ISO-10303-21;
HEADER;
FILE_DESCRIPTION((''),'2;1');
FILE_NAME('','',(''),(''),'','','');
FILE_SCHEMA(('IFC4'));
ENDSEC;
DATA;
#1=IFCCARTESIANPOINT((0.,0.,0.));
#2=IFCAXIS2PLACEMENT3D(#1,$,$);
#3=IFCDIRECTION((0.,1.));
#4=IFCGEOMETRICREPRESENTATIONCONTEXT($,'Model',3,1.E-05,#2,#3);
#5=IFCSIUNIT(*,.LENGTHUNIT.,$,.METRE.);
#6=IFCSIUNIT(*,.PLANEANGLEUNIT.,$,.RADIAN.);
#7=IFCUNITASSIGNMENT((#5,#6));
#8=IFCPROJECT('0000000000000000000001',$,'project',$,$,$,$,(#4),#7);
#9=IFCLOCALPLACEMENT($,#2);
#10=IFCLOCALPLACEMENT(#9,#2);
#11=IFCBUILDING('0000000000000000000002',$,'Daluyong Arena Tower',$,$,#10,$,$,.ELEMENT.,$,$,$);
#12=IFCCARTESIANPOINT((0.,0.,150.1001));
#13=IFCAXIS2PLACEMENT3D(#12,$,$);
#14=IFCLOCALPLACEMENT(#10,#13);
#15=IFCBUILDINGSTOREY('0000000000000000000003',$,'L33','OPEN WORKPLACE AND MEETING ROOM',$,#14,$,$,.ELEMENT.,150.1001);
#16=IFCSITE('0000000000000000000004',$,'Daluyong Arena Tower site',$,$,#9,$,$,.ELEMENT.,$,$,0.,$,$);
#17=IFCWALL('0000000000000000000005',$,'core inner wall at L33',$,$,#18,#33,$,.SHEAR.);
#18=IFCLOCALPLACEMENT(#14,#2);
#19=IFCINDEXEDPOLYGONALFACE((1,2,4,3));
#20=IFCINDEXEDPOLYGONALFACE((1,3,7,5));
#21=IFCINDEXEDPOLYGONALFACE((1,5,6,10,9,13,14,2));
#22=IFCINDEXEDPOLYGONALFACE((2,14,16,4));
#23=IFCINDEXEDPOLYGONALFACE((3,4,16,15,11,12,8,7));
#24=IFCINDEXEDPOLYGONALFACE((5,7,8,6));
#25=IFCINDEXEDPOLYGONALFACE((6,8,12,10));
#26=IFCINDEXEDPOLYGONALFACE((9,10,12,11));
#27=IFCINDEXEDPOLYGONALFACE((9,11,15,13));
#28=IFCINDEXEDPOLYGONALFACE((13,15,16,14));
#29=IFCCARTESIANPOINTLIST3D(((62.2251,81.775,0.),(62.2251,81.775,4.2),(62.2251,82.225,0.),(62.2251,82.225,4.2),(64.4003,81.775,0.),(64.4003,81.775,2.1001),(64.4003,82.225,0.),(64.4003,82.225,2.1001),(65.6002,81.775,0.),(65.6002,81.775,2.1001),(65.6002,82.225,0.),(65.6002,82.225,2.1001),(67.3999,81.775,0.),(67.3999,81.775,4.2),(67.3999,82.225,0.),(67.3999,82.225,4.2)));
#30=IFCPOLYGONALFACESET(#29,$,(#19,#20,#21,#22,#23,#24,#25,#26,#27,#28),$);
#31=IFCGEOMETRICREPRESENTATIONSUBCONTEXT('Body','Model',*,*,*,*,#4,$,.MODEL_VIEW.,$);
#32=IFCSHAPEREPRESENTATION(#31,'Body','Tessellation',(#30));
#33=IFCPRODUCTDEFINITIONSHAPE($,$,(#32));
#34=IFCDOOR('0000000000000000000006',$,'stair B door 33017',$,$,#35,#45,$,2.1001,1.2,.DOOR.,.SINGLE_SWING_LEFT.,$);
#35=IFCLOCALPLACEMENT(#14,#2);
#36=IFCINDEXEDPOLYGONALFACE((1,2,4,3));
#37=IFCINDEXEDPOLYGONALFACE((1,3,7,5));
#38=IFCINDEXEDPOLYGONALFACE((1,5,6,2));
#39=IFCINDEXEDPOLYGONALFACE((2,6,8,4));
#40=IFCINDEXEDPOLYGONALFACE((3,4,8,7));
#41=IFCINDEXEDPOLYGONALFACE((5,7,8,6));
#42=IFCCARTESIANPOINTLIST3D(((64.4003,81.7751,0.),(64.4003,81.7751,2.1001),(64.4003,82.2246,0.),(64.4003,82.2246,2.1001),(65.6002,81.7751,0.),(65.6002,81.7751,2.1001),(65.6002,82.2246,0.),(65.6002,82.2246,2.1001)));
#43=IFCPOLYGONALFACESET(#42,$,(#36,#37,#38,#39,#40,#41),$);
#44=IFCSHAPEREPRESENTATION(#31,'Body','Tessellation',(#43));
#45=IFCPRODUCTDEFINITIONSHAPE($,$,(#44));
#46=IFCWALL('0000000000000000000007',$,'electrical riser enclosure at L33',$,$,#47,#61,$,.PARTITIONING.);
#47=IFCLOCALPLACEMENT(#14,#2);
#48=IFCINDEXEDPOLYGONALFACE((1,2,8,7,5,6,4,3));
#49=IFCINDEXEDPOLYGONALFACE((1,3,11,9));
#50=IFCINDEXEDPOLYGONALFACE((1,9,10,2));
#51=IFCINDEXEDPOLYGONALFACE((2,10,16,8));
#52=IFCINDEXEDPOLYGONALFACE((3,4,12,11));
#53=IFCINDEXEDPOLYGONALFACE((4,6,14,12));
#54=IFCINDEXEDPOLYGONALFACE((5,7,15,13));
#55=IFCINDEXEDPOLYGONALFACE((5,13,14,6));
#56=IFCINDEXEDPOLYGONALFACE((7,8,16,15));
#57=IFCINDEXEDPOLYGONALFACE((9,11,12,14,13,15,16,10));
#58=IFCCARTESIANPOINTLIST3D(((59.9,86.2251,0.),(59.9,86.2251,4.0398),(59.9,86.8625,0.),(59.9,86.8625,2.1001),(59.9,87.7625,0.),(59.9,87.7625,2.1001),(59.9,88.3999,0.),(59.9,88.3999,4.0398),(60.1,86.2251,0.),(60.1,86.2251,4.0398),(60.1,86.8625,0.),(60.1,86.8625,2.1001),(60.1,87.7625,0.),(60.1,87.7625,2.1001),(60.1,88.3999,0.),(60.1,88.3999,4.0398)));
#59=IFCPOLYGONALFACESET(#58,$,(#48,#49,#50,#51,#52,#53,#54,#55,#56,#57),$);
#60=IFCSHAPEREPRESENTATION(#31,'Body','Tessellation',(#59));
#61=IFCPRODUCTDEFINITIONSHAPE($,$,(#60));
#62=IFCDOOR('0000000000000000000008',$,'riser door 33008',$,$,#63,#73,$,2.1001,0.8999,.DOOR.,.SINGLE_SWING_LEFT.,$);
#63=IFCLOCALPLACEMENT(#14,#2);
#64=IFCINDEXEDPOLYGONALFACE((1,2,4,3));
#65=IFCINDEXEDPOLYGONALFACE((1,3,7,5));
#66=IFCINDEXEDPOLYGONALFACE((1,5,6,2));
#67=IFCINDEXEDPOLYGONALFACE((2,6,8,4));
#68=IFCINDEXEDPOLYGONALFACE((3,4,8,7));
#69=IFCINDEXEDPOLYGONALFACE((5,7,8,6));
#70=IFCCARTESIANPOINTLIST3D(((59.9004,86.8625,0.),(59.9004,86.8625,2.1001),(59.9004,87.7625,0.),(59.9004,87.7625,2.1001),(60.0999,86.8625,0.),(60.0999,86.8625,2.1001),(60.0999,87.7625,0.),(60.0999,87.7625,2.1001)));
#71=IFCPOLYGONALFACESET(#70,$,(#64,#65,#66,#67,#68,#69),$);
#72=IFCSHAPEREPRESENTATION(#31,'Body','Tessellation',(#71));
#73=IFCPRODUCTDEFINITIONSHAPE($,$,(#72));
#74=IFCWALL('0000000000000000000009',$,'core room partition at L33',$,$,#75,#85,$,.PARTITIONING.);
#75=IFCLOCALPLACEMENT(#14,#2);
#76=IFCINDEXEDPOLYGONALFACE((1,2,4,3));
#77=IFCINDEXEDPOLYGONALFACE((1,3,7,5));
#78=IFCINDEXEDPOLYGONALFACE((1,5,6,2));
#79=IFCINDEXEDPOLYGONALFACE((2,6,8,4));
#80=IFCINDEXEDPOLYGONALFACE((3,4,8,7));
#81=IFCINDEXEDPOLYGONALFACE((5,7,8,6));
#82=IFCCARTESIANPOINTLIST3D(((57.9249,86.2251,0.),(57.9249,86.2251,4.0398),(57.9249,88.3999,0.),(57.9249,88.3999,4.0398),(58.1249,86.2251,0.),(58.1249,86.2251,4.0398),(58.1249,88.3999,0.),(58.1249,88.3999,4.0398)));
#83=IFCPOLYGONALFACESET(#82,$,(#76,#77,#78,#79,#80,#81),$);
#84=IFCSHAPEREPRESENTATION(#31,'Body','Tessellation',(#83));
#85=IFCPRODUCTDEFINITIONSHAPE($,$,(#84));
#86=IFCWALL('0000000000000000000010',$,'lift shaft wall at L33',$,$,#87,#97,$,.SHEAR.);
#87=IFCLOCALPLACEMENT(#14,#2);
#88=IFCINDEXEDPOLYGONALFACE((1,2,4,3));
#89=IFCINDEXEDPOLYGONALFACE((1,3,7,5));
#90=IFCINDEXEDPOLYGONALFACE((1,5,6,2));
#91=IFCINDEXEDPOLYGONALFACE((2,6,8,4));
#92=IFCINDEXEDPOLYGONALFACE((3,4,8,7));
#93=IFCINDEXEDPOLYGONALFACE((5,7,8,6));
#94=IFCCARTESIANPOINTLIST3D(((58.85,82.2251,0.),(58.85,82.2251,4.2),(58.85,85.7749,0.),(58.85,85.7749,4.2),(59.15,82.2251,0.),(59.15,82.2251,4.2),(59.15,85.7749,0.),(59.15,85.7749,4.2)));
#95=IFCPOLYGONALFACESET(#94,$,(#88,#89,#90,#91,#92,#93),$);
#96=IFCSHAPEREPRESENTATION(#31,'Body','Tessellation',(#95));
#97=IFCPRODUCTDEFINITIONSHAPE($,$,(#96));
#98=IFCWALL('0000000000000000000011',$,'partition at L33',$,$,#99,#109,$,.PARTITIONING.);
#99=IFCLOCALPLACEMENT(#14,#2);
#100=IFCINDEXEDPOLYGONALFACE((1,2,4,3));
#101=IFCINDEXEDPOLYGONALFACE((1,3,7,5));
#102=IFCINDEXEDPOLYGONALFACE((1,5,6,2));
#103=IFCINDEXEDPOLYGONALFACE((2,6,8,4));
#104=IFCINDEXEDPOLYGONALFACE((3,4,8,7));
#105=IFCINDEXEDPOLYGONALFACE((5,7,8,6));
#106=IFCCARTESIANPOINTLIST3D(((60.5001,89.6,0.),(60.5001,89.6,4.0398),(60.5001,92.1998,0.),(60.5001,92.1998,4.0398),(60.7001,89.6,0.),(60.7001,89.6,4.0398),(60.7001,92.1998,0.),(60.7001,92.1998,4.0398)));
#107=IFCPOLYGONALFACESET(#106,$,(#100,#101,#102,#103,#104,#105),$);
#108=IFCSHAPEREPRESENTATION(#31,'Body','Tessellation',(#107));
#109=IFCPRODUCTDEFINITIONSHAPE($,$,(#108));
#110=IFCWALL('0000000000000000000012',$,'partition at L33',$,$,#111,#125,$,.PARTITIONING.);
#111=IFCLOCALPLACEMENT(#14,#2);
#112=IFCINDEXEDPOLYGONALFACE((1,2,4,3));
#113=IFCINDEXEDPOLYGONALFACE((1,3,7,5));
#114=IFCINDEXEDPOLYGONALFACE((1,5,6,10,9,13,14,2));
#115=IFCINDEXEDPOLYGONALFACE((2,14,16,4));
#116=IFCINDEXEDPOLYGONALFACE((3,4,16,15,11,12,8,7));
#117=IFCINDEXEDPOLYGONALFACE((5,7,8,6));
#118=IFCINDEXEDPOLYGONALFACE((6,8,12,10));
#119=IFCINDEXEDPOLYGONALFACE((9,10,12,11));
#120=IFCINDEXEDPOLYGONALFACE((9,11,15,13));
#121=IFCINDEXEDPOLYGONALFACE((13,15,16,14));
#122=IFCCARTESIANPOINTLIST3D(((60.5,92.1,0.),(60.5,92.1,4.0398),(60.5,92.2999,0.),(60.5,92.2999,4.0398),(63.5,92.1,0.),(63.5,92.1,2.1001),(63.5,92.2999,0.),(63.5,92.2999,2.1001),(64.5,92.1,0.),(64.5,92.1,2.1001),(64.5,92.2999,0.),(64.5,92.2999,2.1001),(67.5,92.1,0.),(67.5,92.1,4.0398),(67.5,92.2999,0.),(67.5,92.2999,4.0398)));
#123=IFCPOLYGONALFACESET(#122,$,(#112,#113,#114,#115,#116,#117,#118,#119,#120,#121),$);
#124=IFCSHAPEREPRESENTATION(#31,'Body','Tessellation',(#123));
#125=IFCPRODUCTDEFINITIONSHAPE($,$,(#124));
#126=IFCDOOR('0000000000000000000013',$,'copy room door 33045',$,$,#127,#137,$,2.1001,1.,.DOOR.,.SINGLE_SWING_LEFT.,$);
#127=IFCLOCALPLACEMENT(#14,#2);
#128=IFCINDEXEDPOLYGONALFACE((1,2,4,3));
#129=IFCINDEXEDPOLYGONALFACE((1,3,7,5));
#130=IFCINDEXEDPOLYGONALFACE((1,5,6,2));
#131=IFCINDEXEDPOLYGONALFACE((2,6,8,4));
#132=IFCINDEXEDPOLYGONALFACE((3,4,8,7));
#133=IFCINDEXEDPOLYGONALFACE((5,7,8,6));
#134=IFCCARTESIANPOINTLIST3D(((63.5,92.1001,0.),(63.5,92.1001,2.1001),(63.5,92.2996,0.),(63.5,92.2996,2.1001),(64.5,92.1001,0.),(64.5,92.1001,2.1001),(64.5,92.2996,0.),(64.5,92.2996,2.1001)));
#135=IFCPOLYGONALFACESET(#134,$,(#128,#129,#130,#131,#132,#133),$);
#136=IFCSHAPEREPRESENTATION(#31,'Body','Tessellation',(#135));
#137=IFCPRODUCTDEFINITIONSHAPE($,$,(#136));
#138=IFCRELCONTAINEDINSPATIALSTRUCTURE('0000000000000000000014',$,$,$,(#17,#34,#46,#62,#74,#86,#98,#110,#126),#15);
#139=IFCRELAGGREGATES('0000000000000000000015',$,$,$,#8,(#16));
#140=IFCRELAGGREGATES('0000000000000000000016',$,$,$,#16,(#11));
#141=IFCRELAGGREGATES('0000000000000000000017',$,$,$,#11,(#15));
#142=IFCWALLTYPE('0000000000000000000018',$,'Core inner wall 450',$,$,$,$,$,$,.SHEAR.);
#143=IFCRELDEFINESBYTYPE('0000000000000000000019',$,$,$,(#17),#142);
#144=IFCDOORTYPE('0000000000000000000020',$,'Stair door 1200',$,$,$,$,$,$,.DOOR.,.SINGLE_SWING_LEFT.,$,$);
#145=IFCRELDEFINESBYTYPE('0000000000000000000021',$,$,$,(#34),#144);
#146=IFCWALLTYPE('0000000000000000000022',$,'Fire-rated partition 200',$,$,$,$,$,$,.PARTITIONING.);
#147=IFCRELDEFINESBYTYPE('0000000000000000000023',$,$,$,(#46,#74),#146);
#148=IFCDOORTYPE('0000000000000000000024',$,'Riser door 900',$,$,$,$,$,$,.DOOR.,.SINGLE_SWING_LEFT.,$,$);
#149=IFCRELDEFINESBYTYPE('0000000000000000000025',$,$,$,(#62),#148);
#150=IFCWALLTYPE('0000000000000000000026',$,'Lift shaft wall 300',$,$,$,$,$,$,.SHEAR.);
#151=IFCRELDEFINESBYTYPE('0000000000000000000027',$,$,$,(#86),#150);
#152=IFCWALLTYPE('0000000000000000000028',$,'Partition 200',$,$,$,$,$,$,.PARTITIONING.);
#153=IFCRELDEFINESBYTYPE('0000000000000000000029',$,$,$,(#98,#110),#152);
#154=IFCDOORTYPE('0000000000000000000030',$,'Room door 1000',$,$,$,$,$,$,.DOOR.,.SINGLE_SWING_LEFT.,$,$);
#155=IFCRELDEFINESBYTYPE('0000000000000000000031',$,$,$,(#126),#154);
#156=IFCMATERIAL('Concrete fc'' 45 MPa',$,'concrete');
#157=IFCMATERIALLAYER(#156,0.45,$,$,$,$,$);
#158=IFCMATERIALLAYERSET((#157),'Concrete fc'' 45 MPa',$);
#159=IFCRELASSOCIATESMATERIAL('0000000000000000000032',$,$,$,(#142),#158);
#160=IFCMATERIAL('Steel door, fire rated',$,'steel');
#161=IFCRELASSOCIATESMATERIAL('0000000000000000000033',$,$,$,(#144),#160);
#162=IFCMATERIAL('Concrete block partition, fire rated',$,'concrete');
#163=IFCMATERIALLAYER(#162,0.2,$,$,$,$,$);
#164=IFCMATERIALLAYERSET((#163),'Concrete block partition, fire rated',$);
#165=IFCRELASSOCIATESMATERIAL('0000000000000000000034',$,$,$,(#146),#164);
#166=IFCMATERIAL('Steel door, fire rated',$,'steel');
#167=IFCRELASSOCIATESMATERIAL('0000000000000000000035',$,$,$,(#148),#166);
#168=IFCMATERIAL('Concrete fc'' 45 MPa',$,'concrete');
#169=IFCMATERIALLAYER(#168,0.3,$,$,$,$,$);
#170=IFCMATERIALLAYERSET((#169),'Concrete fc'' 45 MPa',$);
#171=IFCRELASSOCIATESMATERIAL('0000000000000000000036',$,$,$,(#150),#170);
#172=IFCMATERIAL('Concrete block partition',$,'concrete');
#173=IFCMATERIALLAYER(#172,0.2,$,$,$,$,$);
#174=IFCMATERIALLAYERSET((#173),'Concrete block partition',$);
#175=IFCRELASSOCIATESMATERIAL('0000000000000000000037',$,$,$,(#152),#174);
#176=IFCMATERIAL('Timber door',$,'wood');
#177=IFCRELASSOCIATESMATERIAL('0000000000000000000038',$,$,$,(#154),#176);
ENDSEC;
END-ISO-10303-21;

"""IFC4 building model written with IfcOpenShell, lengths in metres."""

from ifc_helpers import new_model, si_unit, direction, frame, frame_2d, origin, place, context, subcontext, project, spatial, rectangle, extrude, material, layer, layer_set, type_object, element, fill, save


model = new_model("IFC4")

# Units and contexts
model_context = context("Model", 3, precision=1e-05, world=origin(), true_north=direction((0.0, 1.0)))
body_context = subcontext(model_context, "Body", "Model", "MODEL_VIEW")
ifc_project = project(units=[si_unit("LENGTHUNIT", "METRE"), si_unit("PLANEANGLEUNIT", "RADIAN")], contexts=[model_context])

# Site, building, storey
site_placement = place(None, origin())
site = spatial("IfcSite", under=ifc_project, at=site_placement, Name="Daluyong Arena Tower site", CompositionType="ELEMENT", RefElevation=0.0)
building_placement = place(site_placement, origin())
building = spatial("IfcBuilding", under=site, at=building_placement, Name="Daluyong Arena Tower", CompositionType="ELEMENT")
storey_placement = place(building_placement, frame((0.0, 0.0, 150.1001)))
storey = spatial("IfcBuildingStorey", under=building, at=storey_placement, Name="L33", Description="OPEN WORKPLACE AND MEETING ROOM", CompositionType="ELEMENT", Elevation=150.1001)

# Walls, openings, doors
ifc_material_1 = material(Name="Concrete fc' 45 MPa", Category="concrete")
ifc_layer_1 = layer(ifc_material_1, 0.45)
ifc_layer_set_1 = layer_set([ifc_layer_1], Name="Concrete fc' 45 MPa")
wall_type_1 = type_object("IfcWallType", Name="Core inner wall 450", PredefinedType="SHEAR", material=ifc_layer_set_1)
wall_1_placement = place(storey_placement, frame((62.2251, 82.0, 0.0), z_axis=(0.0, 0.0, 1.0), x_axis=(1.0, 0.0, 0.0)))
wall_1 = element("IfcWall", 1, at=wall_1_placement, inside=storey, type_object=wall_type_1, Name="core inner wall at L33", PredefinedType="SHEAR", context=body_context, shape_type="SweptSolid", body=[
    extrude(rectangle(XDim=5.1748, YDim=0.45, at=frame_2d((2.5874, 0.0))), origin(), (0.0, 0.0, 1.0), 4.2),
])
opening_1_placement = place(wall_1_placement, frame((2.175, 0.0, 0.0)))
opening_1 = element("IfcOpeningElement", 2, at=opening_1_placement, cuts=wall_1, PredefinedType="OPENING", context=body_context, shape_type="SweptSolid", body=[
    extrude(rectangle(XDim=1.2, YDim=2.1001, at=frame_2d((0.6001, 1.05))), frame((0.0, 0.2349, 0.0), z_axis=(0.0, -1.0, 0.0), x_axis=(1.0, 0.0, 0.0)), (0.0, 0.0, 1.0), 0.47),
])
ifc_material_2 = material(Name="Steel door, fire rated", Category="steel")
door_type_1 = type_object("IfcDoorType", Name="Stair door 1200", OperationType="SINGLE_SWING_LEFT", PredefinedType="DOOR", material=ifc_material_2)
door_1_placement = place(opening_1_placement, origin())
door_1 = element("IfcDoor", 3, at=door_1_placement, inside=storey, type_object=door_type_1, Name="stair B door 33017", OperationType="SINGLE_SWING_LEFT", OverallHeight=2.1001, OverallWidth=1.2, PredefinedType="DOOR", context=body_context, shape_type="SweptSolid", body=[
    extrude(rectangle(XDim=1.2, YDim=2.1001, at=frame_2d((0.6001, 1.05))), frame((0.0, 0.2246, 0.0), z_axis=(0.0, -1.0, 0.0), x_axis=(1.0, 0.0, 0.0)), (0.0, 0.0, 1.0), 0.4495),
])
fill(opening_1, door_1)
ifc_material_3 = material(Name="Concrete block partition, fire rated", Category="concrete")
ifc_layer_2 = layer(ifc_material_3, 0.2)
ifc_layer_set_2 = layer_set([ifc_layer_2], Name="Concrete block partition, fire rated")
wall_type_2 = type_object("IfcWallType", Name="Fire-rated partition 200", PredefinedType="PARTITIONING", material=ifc_layer_set_2)
wall_2_placement = place(storey_placement, frame((60.0, 86.2251, 0.0), z_axis=(0.0, 0.0, 1.0), x_axis=(0.0, 1.0, 0.0)))
wall_2 = element("IfcWall", 4, at=wall_2_placement, inside=storey, type_object=wall_type_2, Name="electrical riser enclosure at L33", PredefinedType="PARTITIONING", context=body_context, shape_type="SweptSolid", body=[
    extrude(rectangle(XDim=2.1748, YDim=0.2, at=frame_2d((1.0874, 0.0))), origin(), (0.0, 0.0, 1.0), 4.0398),
])
opening_2_placement = place(wall_2_placement, frame((0.6375, 0.0, 0.0)))
opening_2 = element("IfcOpeningElement", 5, at=opening_2_placement, cuts=wall_2, PredefinedType="OPENING", context=body_context, shape_type="SweptSolid", body=[
    extrude(rectangle(XDim=0.8999, YDim=2.1001, at=frame_2d((0.45, 1.05))), frame((0.0, 0.1099, 0.0), z_axis=(0.0, -1.0, 0.0), x_axis=(1.0, 0.0, 0.0)), (0.0, 0.0, 1.0), 0.22),
])
ifc_material_4 = material(Name="Steel door, fire rated", Category="steel")
door_type_2 = type_object("IfcDoorType", Name="Riser door 900", OperationType="SINGLE_SWING_LEFT", PredefinedType="DOOR", material=ifc_material_4)
door_2_placement = place(opening_2_placement, origin())
door_2 = element("IfcDoor", 6, at=door_2_placement, inside=storey, type_object=door_type_2, Name="riser door 33008", OperationType="SINGLE_SWING_LEFT", OverallHeight=2.1001, OverallWidth=0.8999, PredefinedType="DOOR", context=body_context, shape_type="SweptSolid", body=[
    extrude(rectangle(XDim=0.8999, YDim=2.1001, at=frame_2d((0.45, 1.05))), frame((0.0, 0.0996, 0.0), z_axis=(0.0, -1.0, 0.0), x_axis=(1.0, 0.0, 0.0)), (0.0, 0.0, 1.0), 0.1995),
])
fill(opening_2, door_2)

# Walls
wall_3_placement = place(storey_placement, frame((58.0249, 86.2251, 0.0), z_axis=(0.0, 0.0, 1.0), x_axis=(0.0, 1.0, 0.0)))
element("IfcWall", 7, at=wall_3_placement, inside=storey, type_object=wall_type_2, Name="core room partition at L33", PredefinedType="PARTITIONING", context=body_context, shape_type="SweptSolid", body=[
    extrude(rectangle(XDim=2.1748, YDim=0.2, at=frame_2d((1.0874, 0.0))), origin(), (0.0, 0.0, 1.0), 4.0398),
])
ifc_material_5 = material(Name="Concrete fc' 45 MPa", Category="concrete")
ifc_layer_3 = layer(ifc_material_5, 0.3)
ifc_layer_set_3 = layer_set([ifc_layer_3], Name="Concrete fc' 45 MPa")
wall_type_3 = type_object("IfcWallType", Name="Lift shaft wall 300", PredefinedType="SHEAR", material=ifc_layer_set_3)
wall_4_placement = place(storey_placement, frame((59.0, 82.2251, 0.0), z_axis=(0.0, 0.0, 1.0), x_axis=(0.0, 1.0, 0.0)))
element("IfcWall", 8, at=wall_4_placement, inside=storey, type_object=wall_type_3, Name="lift shaft wall at L33", PredefinedType="SHEAR", context=body_context, shape_type="SweptSolid", body=[
    extrude(rectangle(XDim=3.5498, YDim=0.3, at=frame_2d((1.7749, 0.0))), origin(), (0.0, 0.0, 1.0), 4.2),
])
ifc_material_6 = material(Name="Concrete block partition", Category="concrete")
ifc_layer_4 = layer(ifc_material_6, 0.2)
ifc_layer_set_4 = layer_set([ifc_layer_4], Name="Concrete block partition")
wall_type_4 = type_object("IfcWallType", Name="Partition 200", PredefinedType="PARTITIONING", material=ifc_layer_set_4)
wall_5_placement = place(storey_placement, frame((60.6001, 89.6001, 0.0), z_axis=(0.0, 0.0, 1.0), x_axis=(0.0, 1.0, 0.0)))
element("IfcWall", 9, at=wall_5_placement, inside=storey, type_object=wall_type_4, Name="partition at L33", PredefinedType="PARTITIONING", context=body_context, shape_type="SweptSolid", body=[
    extrude(rectangle(XDim=2.5999, YDim=0.2, at=frame_2d((1.2998, 0.0))), origin(), (0.0, 0.0, 1.0), 4.0398),
])

# Wall, opening, door
wall_6_placement = place(storey_placement, frame((60.5, 92.2, 0.0), z_axis=(0.0, 0.0, 1.0), x_axis=(1.0, 0.0, 0.0)))
wall_6 = element("IfcWall", 10, at=wall_6_placement, inside=storey, type_object=wall_type_4, Name="partition at L33", PredefinedType="PARTITIONING", context=body_context, shape_type="SweptSolid", body=[
    extrude(rectangle(XDim=7.0, YDim=0.2, at=frame_2d((3.5, 0.0))), origin(), (0.0, 0.0, 1.0), 4.0398),
])
opening_3_placement = place(wall_6_placement, frame((3.0, 0.0, 0.0)))
opening_3 = element("IfcOpeningElement", 11, at=opening_3_placement, cuts=wall_6, PredefinedType="OPENING", context=body_context, shape_type="SweptSolid", body=[
    extrude(rectangle(XDim=1.0, YDim=2.1001, at=frame_2d((0.5, 1.05))), frame((0.0, 0.1099, 0.0), z_axis=(0.0, -1.0, 0.0), x_axis=(1.0, 0.0, 0.0)), (0.0, 0.0, 1.0), 0.22),
])
ifc_material_7 = material(Name="Timber door", Category="wood")
door_type_3 = type_object("IfcDoorType", Name="Room door 1000", OperationType="SINGLE_SWING_LEFT", PredefinedType="DOOR", material=ifc_material_7)
door_3_placement = place(opening_3_placement, origin())
door_3 = element("IfcDoor", 12, at=door_3_placement, inside=storey, type_object=door_type_3, Name="copy room door 33045", OperationType="SINGLE_SWING_LEFT", OverallHeight=2.1001, OverallWidth=1.0, PredefinedType="DOOR", context=body_context, shape_type="SweptSolid", body=[
    extrude(rectangle(XDim=1.0, YDim=2.1001, at=frame_2d((0.5, 1.05))), frame((0.0, 0.0996, 0.0), z_axis=(0.0, -1.0, 0.0), x_axis=(1.0, 0.0, 0.0)), (0.0, 0.0, 1.0), 0.1995),
])
fill(opening_3, door_3)

save(model, "model.ifc")
